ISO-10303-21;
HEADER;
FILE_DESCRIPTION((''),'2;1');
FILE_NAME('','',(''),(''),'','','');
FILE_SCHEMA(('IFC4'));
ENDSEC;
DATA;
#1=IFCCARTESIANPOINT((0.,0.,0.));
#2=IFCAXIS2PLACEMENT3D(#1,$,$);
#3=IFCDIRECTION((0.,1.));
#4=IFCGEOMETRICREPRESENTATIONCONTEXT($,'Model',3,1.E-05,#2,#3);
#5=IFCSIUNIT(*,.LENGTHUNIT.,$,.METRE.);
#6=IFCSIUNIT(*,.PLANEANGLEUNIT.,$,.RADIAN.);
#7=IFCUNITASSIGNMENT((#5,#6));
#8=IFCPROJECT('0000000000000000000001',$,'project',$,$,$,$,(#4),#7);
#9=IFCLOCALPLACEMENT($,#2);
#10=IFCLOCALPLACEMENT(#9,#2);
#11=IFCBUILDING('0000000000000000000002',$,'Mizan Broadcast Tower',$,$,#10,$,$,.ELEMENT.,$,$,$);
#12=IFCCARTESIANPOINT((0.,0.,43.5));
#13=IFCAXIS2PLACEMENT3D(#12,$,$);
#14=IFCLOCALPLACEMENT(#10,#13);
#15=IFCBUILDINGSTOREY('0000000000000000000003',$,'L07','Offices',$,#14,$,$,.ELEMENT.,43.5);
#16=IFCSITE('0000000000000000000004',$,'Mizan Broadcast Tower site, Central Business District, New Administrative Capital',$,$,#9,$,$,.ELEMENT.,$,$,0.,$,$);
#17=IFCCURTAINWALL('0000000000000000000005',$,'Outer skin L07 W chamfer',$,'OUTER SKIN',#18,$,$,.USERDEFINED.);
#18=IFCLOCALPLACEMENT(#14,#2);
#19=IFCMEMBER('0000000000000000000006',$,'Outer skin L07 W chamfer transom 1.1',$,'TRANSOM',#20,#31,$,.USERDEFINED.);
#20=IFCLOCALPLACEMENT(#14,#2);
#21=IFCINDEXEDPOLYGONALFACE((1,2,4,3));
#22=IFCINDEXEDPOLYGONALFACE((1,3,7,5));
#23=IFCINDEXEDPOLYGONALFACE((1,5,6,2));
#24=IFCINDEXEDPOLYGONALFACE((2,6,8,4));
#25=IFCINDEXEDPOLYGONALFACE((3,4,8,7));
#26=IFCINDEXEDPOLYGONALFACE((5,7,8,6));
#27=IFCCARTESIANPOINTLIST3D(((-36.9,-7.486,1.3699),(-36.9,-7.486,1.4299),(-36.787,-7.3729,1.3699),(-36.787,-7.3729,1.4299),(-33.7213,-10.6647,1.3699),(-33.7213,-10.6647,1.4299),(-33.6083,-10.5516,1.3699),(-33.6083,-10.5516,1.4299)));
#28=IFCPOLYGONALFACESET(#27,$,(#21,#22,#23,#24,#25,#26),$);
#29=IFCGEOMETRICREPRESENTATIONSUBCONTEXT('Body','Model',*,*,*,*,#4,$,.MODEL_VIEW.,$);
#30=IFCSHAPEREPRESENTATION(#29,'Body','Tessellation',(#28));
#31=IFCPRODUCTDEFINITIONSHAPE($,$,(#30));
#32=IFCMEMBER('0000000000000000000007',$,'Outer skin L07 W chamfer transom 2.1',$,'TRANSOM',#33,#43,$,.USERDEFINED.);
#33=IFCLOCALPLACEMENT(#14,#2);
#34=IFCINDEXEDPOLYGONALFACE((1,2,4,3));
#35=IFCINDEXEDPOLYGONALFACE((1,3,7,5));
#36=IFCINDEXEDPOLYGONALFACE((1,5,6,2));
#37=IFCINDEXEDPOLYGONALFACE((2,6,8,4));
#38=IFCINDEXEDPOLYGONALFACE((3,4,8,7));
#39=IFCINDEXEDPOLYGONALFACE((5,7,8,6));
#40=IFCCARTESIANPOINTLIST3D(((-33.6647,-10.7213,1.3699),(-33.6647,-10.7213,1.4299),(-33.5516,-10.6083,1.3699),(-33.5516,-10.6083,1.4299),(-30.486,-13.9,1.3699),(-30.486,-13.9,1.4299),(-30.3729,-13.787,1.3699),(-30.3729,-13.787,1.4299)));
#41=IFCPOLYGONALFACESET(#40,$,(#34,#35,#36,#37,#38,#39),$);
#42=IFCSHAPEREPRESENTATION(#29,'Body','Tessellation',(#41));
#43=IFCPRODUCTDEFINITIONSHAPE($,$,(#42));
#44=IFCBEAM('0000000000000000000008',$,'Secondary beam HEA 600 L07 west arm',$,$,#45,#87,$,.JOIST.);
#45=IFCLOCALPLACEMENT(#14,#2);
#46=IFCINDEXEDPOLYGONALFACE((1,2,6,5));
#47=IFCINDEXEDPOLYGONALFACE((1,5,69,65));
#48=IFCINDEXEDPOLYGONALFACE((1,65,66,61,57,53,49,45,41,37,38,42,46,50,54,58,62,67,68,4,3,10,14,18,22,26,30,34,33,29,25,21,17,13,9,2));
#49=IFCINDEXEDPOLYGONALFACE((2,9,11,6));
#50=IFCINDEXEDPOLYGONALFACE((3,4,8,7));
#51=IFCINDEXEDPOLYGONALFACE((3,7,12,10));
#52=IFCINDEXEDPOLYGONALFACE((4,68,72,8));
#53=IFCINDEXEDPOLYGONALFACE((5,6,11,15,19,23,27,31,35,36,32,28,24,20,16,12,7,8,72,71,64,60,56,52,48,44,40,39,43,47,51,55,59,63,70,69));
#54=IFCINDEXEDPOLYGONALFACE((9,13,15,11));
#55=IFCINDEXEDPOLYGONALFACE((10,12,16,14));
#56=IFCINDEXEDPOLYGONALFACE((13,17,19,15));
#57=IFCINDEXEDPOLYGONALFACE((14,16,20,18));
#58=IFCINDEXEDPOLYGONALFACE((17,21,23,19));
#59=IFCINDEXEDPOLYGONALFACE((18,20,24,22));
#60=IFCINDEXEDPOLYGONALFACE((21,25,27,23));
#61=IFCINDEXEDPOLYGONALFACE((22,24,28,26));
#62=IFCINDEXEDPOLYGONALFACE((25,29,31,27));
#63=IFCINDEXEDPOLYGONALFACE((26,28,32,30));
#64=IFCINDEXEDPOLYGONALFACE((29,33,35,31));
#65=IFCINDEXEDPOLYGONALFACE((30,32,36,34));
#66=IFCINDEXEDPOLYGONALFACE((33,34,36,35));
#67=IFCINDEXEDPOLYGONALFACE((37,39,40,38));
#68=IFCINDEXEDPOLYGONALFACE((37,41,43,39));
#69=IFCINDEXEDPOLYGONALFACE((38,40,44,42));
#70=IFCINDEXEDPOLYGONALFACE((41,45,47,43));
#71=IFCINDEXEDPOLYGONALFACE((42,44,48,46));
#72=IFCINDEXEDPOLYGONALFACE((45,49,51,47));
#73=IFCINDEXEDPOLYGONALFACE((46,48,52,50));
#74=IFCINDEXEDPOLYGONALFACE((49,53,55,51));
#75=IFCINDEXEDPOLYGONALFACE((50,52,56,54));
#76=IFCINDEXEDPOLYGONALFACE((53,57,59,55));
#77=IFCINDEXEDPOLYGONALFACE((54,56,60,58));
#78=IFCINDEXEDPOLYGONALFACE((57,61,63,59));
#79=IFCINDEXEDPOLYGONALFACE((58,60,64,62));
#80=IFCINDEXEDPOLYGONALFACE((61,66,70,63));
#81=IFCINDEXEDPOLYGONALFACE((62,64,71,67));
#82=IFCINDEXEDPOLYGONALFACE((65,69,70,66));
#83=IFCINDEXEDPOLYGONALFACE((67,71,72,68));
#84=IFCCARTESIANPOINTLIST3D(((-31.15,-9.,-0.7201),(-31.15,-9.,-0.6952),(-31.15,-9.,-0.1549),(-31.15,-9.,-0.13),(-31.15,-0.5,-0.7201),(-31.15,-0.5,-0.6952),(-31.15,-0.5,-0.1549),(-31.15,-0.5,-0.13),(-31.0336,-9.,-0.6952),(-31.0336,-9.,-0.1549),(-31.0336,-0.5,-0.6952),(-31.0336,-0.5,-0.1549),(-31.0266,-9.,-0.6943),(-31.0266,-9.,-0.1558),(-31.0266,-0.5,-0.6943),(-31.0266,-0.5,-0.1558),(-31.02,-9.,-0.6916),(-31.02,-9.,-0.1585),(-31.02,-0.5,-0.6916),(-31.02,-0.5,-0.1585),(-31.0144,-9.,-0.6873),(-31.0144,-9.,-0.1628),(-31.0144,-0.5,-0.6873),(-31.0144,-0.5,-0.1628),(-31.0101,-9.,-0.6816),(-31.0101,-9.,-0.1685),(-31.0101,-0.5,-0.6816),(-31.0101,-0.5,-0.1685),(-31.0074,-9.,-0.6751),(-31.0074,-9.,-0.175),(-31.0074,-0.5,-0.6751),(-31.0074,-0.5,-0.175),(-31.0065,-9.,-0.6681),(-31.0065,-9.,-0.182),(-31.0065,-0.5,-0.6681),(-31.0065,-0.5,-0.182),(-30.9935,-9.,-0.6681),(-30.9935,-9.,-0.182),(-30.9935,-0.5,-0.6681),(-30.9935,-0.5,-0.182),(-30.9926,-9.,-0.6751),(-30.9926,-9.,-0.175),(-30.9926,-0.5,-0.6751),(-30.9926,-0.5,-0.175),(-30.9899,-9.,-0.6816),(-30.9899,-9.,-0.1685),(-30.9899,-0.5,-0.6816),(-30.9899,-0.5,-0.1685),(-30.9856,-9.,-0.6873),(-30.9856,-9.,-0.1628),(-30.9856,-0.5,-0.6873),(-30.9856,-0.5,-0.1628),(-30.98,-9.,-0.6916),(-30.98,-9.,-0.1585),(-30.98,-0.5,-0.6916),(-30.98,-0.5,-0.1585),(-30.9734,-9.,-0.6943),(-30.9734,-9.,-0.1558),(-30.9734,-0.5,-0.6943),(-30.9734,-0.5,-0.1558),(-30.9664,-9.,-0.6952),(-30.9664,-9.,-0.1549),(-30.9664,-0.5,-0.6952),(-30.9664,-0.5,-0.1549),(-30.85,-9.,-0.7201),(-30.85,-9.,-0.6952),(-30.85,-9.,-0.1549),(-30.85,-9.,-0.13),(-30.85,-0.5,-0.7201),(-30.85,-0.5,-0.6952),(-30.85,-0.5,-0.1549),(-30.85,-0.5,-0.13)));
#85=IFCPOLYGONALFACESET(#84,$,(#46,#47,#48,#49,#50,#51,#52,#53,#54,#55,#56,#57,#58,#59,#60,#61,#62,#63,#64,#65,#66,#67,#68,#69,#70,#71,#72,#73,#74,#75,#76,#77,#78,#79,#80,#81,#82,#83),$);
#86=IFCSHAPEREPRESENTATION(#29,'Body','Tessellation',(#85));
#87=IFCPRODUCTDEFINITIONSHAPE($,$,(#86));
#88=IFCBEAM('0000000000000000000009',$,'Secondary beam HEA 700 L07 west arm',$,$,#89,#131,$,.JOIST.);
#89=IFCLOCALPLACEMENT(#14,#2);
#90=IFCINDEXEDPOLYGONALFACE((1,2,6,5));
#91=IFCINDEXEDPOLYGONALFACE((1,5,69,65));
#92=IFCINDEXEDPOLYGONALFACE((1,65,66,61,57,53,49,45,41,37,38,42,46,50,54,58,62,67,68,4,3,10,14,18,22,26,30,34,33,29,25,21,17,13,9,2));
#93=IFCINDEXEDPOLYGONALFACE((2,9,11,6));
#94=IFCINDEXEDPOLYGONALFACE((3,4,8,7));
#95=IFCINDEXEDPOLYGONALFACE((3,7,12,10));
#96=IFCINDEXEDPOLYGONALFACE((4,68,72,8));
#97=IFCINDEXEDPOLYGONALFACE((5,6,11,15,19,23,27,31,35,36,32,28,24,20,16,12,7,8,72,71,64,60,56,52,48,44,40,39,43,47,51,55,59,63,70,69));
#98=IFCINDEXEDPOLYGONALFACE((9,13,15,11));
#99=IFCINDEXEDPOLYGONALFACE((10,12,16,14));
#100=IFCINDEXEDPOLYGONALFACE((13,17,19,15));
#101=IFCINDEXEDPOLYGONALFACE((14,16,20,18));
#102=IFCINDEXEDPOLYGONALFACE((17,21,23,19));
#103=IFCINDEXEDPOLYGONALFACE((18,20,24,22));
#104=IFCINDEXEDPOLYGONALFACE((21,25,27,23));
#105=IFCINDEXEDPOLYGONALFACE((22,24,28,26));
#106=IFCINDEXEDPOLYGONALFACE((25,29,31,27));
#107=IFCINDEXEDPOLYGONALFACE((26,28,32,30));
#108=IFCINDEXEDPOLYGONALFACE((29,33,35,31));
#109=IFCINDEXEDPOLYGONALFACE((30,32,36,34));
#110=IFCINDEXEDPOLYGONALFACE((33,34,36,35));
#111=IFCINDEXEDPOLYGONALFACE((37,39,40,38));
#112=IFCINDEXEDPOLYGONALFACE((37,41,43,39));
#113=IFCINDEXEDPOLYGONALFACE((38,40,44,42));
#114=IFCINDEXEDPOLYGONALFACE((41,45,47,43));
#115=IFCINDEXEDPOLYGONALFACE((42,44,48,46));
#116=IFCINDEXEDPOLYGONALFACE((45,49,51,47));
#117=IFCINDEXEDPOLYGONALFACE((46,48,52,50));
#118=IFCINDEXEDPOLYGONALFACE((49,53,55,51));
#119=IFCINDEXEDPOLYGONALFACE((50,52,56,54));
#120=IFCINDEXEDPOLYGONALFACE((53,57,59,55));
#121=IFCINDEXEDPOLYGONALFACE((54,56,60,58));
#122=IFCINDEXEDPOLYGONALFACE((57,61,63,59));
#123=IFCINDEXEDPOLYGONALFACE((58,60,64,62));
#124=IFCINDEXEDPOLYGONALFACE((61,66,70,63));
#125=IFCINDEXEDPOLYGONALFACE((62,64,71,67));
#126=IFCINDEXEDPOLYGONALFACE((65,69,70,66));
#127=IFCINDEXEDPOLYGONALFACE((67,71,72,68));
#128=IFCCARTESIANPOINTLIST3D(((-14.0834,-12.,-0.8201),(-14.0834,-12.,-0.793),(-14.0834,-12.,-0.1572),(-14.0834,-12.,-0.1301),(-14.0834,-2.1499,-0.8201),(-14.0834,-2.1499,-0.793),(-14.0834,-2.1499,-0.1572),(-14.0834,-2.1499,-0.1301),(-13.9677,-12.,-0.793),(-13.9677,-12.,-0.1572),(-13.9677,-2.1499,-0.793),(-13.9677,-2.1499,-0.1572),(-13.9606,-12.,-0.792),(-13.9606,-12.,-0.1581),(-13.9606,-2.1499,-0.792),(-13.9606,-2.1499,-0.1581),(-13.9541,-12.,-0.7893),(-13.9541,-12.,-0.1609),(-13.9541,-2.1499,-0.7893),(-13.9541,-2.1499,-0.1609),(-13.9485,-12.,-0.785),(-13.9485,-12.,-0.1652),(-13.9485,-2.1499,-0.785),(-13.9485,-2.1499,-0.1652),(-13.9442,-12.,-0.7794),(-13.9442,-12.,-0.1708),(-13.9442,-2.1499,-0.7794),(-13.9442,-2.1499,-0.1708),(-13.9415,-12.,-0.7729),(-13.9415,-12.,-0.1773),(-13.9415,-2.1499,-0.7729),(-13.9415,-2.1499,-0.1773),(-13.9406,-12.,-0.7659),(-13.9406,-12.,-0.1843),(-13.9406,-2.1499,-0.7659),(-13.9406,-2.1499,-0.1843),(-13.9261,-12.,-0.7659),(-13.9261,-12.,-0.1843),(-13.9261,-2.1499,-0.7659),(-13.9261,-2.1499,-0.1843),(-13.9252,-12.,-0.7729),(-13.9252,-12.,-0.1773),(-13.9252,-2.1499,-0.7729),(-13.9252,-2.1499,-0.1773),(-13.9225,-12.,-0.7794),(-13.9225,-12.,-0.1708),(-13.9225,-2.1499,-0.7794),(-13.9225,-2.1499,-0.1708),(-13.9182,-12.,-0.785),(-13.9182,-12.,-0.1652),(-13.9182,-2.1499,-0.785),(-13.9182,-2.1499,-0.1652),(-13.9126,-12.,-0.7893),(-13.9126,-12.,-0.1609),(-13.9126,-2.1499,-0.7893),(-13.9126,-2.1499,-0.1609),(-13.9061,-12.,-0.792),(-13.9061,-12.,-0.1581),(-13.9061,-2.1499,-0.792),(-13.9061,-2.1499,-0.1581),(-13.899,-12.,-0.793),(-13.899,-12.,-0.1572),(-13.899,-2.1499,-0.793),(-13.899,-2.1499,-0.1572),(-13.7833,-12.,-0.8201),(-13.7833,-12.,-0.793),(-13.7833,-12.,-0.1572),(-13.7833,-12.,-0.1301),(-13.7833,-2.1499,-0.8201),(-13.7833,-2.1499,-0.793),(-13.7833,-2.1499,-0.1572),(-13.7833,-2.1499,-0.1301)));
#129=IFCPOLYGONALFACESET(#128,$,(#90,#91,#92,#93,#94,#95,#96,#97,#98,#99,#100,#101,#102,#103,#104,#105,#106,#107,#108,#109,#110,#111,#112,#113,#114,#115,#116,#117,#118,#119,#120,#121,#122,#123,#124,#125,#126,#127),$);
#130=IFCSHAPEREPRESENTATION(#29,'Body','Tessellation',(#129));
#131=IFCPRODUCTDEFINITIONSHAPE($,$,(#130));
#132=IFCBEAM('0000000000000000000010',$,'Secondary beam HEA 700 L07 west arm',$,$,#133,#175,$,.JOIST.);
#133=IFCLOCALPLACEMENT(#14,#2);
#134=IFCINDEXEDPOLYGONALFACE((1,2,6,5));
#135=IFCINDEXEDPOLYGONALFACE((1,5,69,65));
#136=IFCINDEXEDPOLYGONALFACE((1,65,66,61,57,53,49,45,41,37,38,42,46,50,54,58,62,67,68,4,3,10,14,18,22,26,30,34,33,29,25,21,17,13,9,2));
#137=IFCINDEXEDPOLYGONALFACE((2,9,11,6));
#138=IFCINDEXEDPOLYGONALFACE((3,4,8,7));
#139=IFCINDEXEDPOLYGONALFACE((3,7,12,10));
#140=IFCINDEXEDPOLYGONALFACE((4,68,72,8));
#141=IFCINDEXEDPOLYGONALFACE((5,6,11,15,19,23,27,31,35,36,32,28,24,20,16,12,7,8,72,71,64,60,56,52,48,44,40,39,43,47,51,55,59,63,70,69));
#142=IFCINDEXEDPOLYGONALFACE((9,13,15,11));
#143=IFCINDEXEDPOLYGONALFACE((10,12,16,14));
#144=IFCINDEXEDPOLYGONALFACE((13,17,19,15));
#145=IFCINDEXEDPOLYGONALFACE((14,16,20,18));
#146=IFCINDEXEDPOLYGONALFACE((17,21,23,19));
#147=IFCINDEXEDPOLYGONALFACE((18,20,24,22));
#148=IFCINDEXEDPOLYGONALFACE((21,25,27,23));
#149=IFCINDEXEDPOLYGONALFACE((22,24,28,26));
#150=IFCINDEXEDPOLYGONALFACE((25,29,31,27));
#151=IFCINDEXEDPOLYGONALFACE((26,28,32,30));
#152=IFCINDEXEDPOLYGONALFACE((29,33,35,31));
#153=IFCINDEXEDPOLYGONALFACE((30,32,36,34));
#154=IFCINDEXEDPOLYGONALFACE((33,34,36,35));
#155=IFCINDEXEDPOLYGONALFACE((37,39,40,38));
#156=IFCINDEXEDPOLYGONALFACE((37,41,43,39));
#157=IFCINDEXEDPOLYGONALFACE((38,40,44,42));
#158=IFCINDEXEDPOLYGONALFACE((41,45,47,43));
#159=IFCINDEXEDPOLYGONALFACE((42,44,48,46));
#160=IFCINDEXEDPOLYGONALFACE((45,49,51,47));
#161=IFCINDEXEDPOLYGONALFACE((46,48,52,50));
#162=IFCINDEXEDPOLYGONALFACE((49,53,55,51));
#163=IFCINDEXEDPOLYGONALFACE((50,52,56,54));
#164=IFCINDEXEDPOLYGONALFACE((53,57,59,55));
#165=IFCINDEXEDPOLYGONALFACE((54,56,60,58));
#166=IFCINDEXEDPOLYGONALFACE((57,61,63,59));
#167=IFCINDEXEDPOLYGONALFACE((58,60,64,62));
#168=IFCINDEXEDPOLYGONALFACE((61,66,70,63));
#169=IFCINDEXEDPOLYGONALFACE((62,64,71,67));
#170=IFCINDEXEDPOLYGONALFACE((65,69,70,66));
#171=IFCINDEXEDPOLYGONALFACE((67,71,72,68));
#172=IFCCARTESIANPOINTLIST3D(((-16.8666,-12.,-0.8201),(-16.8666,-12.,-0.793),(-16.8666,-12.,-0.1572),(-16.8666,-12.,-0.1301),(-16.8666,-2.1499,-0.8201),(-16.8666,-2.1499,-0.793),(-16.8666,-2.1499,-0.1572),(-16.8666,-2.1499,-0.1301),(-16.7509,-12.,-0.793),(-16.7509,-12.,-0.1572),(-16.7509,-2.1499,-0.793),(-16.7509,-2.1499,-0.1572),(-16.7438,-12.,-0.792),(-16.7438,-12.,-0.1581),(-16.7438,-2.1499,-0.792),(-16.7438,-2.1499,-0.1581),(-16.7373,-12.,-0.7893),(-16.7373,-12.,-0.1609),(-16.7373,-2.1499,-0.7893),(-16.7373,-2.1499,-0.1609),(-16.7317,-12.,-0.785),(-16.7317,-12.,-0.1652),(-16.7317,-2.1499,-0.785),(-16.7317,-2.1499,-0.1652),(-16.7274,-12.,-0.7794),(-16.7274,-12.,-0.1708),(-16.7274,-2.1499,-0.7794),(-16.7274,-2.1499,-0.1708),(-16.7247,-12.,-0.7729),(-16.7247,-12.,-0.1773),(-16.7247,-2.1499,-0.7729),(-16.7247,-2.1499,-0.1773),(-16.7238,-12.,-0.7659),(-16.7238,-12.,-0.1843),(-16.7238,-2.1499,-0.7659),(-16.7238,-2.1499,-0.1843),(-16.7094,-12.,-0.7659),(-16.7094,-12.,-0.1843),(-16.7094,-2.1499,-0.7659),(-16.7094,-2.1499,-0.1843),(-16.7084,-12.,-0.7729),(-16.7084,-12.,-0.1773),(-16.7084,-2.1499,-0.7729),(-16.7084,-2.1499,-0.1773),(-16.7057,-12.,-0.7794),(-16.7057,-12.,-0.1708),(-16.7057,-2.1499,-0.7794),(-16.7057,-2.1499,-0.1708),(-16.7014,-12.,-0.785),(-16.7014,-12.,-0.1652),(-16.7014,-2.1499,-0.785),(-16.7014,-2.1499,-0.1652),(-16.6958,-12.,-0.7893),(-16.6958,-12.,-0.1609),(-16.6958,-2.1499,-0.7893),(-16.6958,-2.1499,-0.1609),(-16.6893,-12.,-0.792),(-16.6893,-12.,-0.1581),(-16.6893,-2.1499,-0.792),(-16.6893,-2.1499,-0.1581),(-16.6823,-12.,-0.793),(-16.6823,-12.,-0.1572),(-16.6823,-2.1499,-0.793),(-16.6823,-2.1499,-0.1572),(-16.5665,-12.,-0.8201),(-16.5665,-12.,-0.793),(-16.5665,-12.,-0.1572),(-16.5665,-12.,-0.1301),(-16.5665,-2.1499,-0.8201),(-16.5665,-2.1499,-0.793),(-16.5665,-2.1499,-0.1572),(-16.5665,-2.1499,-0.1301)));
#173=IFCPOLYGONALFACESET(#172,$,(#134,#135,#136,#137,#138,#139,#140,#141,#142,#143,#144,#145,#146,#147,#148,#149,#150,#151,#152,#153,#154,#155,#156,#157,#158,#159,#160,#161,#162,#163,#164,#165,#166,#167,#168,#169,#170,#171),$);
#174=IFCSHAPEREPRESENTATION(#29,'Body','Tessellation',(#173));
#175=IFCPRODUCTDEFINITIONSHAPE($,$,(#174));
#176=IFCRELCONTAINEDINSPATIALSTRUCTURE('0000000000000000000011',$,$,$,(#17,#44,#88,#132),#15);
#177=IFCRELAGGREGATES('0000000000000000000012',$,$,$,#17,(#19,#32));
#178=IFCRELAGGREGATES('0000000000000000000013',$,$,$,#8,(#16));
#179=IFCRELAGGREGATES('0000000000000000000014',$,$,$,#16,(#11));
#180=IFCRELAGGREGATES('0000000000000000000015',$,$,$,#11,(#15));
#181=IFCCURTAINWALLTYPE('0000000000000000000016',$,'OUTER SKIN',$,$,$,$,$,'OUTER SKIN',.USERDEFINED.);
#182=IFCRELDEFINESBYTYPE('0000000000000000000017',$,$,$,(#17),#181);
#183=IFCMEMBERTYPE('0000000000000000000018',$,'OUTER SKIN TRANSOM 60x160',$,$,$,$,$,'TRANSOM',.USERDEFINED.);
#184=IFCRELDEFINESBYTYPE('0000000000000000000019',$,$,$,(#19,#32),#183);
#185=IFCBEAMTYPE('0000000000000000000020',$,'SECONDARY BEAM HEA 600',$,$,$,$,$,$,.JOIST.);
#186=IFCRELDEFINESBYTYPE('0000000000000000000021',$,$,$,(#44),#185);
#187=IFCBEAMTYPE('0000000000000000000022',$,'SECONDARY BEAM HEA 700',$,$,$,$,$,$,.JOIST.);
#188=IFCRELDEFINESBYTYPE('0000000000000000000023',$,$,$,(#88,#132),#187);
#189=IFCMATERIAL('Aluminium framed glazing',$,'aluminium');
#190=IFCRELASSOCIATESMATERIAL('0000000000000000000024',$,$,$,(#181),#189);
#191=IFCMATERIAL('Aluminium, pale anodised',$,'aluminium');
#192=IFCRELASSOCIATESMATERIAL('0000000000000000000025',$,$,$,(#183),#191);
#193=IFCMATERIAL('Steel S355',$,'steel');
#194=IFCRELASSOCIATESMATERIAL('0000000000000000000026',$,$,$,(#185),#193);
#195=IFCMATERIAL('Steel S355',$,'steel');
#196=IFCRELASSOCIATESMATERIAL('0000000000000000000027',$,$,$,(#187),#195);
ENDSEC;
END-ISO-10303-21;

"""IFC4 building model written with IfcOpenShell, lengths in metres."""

from ifc_helpers import new_model, si_unit, direction, frame, origin, origin_2d, place, context, subcontext, project, spatial, rectangle, i_section, extrude, material, material_profile, profile_set, type_object, element, aggregate, save


model = new_model("IFC4")

# Units and contexts
model_context = context("Model", 3, precision=1e-05, world=origin(), true_north=direction((0.0, 1.0)))
body_context = subcontext(model_context, "Body", "Model", "MODEL_VIEW")
ifc_project = project(units=[si_unit("LENGTHUNIT", "METRE"), si_unit("PLANEANGLEUNIT", "RADIAN")], contexts=[model_context])

# Site, building, storey
site_placement = place(None, origin())
site = spatial("IfcSite", under=ifc_project, at=site_placement, Name="Mizan Broadcast Tower site, Central Business District, New Administrative Capital", CompositionType="ELEMENT", RefElevation=0.0)
building_placement = place(site_placement, origin())
building = spatial("IfcBuilding", under=site, at=building_placement, Name="Mizan Broadcast Tower", CompositionType="ELEMENT")
storey_placement = place(building_placement, frame((0.0, 0.0, 43.5)))
storey = spatial("IfcBuildingStorey", under=building, at=storey_placement, Name="L07", Description="Offices", CompositionType="ELEMENT", Elevation=43.5)

# Curtain wall
ifc_material_1 = material(Name="Aluminium framed glazing", Category="aluminium")
curtain_wall_type_1 = type_object("IfcCurtainWallType", Name="OUTER SKIN", ElementType="OUTER SKIN", PredefinedType="USERDEFINED", material=ifc_material_1)
curtain_wall_1_placement = place(storey_placement, origin())
curtain_wall_1 = element("IfcCurtainWall", 1, at=curtain_wall_1_placement, inside=storey, type_object=curtain_wall_type_1, Name="Outer skin L07 W chamfer", ObjectType="OUTER SKIN", PredefinedType="USERDEFINED")

# Members
ifc_material_2 = material(Name="Aluminium, pale anodised", Category="aluminium")
ifc_material_profile_1 = material_profile(ifc_material_2, rectangle(XDim=0.1599, YDim=0.0601, at=origin_2d()), Name="TRANSOM 160x60")
ifc_profile_set_1 = profile_set([ifc_material_profile_1], Name="Aluminium, pale anodised")
member_type_1 = type_object("IfcMemberType", Name="OUTER SKIN TRANSOM 60x160", ElementType="TRANSOM", PredefinedType="USERDEFINED", material=ifc_profile_set_1)
member_1_placement = place(storey_placement, frame((-36.8435, -7.4294, 1.3999), z_axis=(0.707107, -0.707107, 0.0), x_axis=(0.707107, 0.707107, 0.0)))
member_1 = element("IfcMember", 2, at=member_1_placement, type_object=member_type_1, Name="Outer skin L07 W chamfer transom 1.1", ObjectType="TRANSOM", PredefinedType="USERDEFINED", context=body_context, shape_type="SweptSolid", body=[
    extrude(rectangle(XDim=0.1599, YDim=0.0601, at=origin_2d()), origin(), (0.0, 0.0, 1.0), 4.4954),
])
member_2_placement = place(storey_placement, frame((-33.6082, -10.6648, 1.3999), z_axis=(0.707107, -0.707107, 0.0), x_axis=(0.707107, 0.707107, 0.0)))
member_2 = element("IfcMember", 3, at=member_2_placement, type_object=member_type_1, Name="Outer skin L07 W chamfer transom 2.1", ObjectType="TRANSOM", PredefinedType="USERDEFINED", context=body_context, shape_type="SweptSolid", body=[
    extrude(rectangle(XDim=0.1599, YDim=0.0601, at=origin_2d()), origin(), (0.0, 0.0, 1.0), 4.4954),
])

# Beams
ifc_material_3 = material(Name="Steel S355", Category="steel")
ifc_material_profile_2 = material_profile(ifc_material_3, i_section(OverallWidth=0.3, OverallDepth=0.5901, WebThickness=0.0129, FlangeThickness=0.0249, FilletRadius=0.0271, at=origin_2d()), Name="HEA 600")
ifc_profile_set_2 = profile_set([ifc_material_profile_2], Name="Steel S355")
beam_type_1 = type_object("IfcBeamType", Name="SECONDARY BEAM HEA 600", PredefinedType="JOIST", material=ifc_profile_set_2)
beam_1_placement = place(storey_placement, frame((-31.0, -9.0, -0.425), z_axis=(0.0, 1.0, 0.0), x_axis=(-1.0, 0.0, 0.0)))
element("IfcBeam", 4, at=beam_1_placement, inside=storey, type_object=beam_type_1, Name="Secondary beam HEA 600 L07 west arm", PredefinedType="JOIST", context=body_context, shape_type="SweptSolid", body=[
    extrude(i_section(OverallWidth=0.3, OverallDepth=0.5901, WebThickness=0.0129, FlangeThickness=0.0249, FilletRadius=0.0271, at=origin_2d()), origin(), (0.0, 0.0, 1.0), 8.5),
])
ifc_material_4 = material(Name="Steel S355", Category="steel")
ifc_material_profile_3 = material_profile(ifc_material_4, i_section(OverallWidth=0.3, OverallDepth=0.6899, WebThickness=0.0144, FlangeThickness=0.0271, FilletRadius=0.0271, at=origin_2d()), Name="HEA 700")
ifc_profile_set_3 = profile_set([ifc_material_profile_3], Name="Steel S355")
beam_type_2 = type_object("IfcBeamType", Name="SECONDARY BEAM HEA 700", PredefinedType="JOIST", material=ifc_profile_set_3)
for number, where, z_axis, x_axis, name in (
    (5, (-13.9333, -12.0, -0.4751), (0.0, 1.0, 0.0), (-1.0, 0.0, 0.0), "Secondary beam HEA 700 L07 west arm"),
    (6, (-16.7166, -12.0, -0.4751), (0.0, 1.0, 0.0), (-1.0, 0.0, 0.0), "Secondary beam HEA 700 L07 west arm"),
):
    element("IfcBeam", number, at=place(storey_placement, frame(where, z_axis=z_axis, x_axis=x_axis)), inside=storey, type_object=beam_type_2, Name=name, PredefinedType="JOIST", context=body_context, shape_type="SweptSolid", body=[
        extrude(i_section(OverallWidth=0.3, OverallDepth=0.6899, WebThickness=0.0144, FlangeThickness=0.0271, FilletRadius=0.0271, at=origin_2d()), origin(), (0.0, 0.0, 1.0), 9.8501),
    ])

aggregate(curtain_wall_1, [member_1, member_2])

save(model, "model.ifc")
